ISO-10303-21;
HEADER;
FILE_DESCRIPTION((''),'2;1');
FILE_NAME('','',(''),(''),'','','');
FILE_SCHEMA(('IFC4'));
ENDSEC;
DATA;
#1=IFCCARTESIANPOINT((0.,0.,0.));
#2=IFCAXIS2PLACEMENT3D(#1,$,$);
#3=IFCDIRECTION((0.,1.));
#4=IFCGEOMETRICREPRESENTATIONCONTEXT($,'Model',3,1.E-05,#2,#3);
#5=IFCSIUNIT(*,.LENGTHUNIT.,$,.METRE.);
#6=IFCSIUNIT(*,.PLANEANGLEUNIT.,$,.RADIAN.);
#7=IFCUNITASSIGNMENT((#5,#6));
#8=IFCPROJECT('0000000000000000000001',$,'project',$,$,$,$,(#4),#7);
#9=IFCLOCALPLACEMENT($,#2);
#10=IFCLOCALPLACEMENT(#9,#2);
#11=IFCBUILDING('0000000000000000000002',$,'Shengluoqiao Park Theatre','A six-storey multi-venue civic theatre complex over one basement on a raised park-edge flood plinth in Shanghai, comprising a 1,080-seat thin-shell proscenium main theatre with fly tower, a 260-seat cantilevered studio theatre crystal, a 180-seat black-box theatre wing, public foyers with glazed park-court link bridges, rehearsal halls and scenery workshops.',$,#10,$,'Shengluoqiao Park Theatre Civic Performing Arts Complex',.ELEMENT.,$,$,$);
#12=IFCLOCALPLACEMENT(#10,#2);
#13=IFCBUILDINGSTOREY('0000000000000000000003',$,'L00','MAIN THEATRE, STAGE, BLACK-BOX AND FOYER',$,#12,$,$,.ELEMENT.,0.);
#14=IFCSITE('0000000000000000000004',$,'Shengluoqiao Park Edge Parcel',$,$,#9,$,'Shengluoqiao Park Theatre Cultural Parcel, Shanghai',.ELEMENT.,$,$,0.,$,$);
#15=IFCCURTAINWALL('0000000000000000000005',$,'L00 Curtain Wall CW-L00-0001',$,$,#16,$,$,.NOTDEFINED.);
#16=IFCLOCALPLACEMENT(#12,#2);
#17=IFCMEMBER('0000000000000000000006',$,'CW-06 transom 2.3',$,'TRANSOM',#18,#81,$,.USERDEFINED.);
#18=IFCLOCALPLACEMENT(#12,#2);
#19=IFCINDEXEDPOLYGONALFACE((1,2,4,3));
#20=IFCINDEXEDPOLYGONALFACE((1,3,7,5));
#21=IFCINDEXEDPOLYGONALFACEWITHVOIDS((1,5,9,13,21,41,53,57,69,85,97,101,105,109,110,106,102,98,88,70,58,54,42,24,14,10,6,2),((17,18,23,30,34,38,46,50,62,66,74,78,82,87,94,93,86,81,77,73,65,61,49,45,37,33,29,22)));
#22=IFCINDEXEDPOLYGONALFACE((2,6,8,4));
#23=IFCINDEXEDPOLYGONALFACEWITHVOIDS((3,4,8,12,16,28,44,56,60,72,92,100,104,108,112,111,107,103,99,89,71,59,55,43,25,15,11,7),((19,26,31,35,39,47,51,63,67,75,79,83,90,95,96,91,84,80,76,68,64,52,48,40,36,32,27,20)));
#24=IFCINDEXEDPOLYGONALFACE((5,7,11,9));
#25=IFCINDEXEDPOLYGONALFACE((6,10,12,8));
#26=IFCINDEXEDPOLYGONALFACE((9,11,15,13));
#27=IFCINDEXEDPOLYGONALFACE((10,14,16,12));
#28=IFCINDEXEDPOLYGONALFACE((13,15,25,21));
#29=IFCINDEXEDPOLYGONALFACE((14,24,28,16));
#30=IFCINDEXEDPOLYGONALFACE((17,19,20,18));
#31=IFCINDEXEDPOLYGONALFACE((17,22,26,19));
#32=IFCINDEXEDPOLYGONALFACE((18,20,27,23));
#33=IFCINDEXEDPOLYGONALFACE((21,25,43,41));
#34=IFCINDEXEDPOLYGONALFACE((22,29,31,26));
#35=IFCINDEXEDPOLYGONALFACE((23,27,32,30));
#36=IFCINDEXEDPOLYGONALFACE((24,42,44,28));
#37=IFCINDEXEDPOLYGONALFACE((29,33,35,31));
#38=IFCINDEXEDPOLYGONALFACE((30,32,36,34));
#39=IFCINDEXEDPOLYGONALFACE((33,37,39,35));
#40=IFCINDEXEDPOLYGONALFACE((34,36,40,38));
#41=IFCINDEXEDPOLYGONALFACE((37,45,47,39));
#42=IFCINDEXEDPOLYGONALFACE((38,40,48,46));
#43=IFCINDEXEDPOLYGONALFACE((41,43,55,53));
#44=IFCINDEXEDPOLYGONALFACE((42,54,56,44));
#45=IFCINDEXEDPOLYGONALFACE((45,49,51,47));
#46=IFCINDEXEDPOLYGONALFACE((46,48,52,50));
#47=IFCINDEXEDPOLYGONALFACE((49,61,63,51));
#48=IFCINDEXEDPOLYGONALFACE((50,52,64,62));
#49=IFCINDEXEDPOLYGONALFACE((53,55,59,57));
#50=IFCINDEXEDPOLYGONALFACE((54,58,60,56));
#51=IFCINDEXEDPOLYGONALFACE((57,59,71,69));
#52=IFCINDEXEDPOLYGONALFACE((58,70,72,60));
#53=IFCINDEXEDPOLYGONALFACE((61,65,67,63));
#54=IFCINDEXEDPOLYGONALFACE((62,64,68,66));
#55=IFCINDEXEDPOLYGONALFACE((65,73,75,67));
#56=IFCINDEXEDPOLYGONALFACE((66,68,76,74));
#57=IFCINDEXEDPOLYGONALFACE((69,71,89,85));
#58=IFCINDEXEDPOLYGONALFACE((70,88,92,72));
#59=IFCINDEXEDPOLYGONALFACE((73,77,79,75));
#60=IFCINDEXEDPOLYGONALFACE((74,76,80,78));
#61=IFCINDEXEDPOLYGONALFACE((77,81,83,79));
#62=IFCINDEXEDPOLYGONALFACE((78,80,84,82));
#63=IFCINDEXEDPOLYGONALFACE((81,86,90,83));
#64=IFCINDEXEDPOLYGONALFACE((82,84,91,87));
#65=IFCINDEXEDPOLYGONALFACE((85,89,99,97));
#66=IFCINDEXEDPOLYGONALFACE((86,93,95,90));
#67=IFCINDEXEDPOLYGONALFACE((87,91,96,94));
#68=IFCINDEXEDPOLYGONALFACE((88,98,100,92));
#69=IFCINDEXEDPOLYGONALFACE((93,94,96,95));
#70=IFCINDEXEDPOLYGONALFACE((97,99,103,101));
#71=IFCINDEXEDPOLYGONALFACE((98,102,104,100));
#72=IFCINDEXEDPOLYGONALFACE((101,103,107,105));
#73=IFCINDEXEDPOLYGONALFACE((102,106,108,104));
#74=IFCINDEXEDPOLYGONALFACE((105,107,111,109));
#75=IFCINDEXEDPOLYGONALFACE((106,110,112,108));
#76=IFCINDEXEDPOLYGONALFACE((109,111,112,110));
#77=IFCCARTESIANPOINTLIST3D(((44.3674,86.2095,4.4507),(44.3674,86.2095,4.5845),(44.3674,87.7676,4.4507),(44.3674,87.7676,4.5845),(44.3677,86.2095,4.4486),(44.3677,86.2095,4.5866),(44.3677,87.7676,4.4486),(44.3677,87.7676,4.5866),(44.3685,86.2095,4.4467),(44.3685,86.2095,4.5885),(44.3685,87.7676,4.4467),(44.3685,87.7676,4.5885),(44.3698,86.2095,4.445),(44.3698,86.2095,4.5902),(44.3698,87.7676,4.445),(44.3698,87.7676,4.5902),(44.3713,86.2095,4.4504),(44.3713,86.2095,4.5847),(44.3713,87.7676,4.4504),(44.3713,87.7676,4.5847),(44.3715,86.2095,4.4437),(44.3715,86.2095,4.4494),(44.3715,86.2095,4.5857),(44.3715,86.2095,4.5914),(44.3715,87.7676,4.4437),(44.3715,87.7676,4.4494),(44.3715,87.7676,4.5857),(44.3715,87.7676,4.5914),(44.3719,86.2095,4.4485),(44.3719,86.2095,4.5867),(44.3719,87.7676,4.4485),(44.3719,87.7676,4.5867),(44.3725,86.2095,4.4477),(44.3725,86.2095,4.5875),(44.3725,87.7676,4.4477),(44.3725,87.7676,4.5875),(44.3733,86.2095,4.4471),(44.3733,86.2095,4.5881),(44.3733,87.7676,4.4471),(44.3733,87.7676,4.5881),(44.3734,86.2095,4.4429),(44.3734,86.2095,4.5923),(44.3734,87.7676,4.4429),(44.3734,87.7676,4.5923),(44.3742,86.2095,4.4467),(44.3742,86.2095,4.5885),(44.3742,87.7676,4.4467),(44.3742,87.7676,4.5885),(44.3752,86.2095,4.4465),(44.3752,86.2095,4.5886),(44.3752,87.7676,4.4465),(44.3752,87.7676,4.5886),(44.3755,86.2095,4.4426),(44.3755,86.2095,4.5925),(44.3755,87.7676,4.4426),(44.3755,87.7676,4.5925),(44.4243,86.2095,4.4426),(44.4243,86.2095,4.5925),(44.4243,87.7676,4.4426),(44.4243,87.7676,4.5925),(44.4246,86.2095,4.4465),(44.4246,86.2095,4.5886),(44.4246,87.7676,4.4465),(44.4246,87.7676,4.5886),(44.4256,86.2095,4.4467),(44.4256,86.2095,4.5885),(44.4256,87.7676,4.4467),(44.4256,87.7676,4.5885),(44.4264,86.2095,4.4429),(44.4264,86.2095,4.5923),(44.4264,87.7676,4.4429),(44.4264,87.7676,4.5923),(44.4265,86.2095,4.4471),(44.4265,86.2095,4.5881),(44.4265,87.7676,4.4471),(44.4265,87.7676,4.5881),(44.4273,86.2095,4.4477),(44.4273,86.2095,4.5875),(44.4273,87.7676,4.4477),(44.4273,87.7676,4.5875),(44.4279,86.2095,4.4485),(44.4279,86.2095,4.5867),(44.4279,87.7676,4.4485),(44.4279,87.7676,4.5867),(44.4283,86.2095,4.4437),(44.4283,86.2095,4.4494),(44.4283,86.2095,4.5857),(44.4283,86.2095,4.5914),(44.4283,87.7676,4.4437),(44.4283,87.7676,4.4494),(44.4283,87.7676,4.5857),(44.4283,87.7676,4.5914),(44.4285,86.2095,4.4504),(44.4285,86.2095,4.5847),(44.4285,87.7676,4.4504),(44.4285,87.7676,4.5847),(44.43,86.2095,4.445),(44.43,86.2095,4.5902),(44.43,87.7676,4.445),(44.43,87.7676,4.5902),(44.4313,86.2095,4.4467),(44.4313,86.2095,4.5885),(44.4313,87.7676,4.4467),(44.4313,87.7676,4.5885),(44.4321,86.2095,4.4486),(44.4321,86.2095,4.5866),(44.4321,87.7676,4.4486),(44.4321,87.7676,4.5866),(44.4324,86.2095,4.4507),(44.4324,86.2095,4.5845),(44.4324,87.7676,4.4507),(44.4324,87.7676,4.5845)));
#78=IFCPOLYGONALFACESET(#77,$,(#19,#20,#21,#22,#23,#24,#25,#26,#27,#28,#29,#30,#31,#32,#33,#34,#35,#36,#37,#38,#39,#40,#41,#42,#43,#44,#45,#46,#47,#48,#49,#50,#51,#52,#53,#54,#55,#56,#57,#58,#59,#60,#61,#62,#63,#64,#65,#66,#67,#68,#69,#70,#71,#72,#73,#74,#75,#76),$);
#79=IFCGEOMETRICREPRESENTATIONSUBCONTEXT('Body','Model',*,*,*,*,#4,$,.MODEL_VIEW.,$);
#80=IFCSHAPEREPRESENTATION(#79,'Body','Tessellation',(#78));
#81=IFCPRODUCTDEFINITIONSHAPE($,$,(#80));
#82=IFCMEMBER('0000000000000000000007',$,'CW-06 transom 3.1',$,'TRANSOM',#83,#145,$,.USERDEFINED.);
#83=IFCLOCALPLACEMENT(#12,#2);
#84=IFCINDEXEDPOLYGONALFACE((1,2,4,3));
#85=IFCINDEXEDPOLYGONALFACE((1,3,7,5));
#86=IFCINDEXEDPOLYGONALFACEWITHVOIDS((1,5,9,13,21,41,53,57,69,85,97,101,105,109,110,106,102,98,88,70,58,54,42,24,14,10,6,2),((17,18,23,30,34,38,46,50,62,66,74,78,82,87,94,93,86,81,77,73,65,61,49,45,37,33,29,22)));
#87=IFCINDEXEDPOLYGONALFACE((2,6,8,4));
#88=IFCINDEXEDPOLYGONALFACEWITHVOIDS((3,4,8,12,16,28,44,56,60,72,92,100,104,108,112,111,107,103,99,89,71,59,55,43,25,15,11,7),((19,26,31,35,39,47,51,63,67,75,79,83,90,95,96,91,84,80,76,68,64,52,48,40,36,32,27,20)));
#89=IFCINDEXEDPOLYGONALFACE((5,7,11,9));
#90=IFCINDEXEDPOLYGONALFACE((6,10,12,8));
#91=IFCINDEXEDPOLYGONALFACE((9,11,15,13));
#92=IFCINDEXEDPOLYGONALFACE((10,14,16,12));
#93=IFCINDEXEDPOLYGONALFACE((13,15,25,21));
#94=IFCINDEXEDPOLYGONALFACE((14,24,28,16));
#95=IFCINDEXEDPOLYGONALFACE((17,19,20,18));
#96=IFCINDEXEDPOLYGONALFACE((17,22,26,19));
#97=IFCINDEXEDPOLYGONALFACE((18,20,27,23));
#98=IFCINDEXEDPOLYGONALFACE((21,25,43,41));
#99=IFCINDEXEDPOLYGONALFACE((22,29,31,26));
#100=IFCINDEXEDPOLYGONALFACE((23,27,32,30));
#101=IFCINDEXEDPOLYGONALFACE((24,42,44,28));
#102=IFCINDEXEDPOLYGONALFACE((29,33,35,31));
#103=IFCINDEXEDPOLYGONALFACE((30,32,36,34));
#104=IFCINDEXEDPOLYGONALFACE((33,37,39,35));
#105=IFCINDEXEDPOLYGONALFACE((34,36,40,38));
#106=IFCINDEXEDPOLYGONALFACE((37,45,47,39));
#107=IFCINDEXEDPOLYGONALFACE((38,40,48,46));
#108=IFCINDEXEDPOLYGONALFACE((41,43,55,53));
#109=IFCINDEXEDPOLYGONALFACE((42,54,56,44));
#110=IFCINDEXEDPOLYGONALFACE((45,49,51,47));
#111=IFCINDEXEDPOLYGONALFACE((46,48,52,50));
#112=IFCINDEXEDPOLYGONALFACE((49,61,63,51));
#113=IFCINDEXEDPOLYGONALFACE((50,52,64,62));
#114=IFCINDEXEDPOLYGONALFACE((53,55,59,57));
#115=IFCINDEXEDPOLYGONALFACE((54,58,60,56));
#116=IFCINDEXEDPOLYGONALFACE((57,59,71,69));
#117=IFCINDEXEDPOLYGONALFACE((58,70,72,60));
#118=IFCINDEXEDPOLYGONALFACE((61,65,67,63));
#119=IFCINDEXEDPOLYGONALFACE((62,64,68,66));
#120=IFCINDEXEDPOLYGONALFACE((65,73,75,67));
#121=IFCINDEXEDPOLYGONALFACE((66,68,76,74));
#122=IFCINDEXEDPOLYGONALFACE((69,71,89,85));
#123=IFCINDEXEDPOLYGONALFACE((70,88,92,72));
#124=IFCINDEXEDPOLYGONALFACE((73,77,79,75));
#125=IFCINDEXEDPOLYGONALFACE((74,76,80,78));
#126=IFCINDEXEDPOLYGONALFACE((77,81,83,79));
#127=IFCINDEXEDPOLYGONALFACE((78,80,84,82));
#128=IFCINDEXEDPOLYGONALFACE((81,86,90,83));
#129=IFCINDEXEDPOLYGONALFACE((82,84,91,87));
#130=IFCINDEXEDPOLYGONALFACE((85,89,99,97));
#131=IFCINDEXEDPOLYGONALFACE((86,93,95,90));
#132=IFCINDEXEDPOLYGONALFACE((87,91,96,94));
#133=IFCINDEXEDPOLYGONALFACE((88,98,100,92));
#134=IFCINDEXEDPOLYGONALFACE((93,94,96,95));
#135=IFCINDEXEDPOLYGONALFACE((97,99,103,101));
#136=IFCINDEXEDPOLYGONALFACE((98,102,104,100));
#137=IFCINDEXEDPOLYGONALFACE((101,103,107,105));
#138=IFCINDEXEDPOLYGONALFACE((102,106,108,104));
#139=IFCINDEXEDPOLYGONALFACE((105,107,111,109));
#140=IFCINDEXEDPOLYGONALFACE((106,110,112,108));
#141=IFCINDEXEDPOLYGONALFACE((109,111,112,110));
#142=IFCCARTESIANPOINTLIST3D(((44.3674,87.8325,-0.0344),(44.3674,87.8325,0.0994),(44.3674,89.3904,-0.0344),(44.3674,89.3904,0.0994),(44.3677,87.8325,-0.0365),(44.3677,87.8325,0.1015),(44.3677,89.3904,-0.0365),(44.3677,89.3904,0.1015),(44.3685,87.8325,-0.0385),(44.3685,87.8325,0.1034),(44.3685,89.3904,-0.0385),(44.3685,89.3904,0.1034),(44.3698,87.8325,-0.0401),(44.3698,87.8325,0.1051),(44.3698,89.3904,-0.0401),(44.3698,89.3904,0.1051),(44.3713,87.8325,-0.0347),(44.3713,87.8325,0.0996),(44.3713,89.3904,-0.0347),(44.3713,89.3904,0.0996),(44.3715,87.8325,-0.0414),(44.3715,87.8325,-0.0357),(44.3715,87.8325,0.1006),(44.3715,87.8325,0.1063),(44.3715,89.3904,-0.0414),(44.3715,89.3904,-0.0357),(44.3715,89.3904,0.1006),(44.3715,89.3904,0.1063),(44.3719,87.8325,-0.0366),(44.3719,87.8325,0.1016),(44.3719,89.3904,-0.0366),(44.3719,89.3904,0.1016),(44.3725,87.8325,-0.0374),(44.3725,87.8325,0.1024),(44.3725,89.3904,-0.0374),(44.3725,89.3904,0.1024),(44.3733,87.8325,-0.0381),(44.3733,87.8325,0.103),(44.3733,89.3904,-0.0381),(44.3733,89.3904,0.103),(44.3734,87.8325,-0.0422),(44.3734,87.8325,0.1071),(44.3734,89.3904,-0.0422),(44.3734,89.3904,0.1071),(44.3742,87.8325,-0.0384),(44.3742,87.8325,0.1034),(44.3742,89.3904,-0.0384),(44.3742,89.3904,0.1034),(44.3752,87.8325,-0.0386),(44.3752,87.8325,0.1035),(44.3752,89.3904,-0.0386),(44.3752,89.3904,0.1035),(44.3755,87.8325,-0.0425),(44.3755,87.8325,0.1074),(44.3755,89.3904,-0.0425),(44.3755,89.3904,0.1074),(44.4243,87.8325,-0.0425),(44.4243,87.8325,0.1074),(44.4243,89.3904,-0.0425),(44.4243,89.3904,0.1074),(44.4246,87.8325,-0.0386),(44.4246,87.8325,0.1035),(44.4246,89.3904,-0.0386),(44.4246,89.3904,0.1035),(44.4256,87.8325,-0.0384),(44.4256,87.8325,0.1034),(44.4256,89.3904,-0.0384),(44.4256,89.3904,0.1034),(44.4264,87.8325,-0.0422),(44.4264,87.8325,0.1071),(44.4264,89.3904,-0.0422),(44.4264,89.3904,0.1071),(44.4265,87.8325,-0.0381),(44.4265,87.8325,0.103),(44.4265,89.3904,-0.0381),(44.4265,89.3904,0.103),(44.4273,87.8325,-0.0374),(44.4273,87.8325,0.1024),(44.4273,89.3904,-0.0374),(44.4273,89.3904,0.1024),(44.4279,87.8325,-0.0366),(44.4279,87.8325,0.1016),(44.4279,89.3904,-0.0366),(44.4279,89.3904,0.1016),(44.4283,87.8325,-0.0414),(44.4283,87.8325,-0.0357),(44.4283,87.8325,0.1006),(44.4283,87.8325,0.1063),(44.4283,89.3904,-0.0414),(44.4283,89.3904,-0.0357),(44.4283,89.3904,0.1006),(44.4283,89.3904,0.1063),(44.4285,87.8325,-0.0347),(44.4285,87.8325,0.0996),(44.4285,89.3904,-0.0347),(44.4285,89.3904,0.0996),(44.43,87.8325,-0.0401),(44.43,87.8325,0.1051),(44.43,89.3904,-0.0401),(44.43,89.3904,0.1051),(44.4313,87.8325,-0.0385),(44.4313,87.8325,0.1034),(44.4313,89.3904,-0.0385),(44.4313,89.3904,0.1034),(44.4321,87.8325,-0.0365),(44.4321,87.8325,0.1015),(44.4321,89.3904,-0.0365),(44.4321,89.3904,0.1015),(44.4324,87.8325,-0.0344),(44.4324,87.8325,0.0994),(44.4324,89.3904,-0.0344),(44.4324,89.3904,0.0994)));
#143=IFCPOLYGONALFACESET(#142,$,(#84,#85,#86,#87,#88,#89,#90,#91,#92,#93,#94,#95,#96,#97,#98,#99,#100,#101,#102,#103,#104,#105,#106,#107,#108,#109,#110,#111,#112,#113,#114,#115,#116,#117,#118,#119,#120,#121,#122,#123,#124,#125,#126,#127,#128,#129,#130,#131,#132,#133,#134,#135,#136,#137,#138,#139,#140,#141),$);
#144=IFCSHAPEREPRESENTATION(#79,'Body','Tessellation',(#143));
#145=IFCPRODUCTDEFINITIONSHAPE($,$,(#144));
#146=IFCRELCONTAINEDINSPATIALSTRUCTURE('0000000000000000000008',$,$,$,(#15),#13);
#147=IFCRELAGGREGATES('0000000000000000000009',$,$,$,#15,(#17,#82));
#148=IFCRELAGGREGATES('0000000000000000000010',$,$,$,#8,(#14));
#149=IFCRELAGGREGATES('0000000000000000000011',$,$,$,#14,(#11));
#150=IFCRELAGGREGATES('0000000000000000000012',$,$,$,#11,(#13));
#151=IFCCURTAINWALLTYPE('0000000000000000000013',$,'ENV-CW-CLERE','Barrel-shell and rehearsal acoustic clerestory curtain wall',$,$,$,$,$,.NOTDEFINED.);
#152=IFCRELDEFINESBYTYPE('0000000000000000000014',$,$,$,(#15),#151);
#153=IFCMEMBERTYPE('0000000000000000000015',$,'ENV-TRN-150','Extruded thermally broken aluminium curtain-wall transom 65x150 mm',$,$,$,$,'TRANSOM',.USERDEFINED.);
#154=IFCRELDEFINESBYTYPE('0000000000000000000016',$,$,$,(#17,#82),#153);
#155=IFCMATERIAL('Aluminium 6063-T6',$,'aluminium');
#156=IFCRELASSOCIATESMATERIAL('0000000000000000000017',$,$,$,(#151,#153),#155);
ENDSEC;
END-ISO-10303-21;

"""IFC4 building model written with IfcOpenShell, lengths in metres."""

from ifc_helpers import new_model, si_unit, direction, frame, origin, origin_2d, place, context, subcontext, project, spatial, hollow_rectangle, extrude, material, material_profile, profile_set, type_object, element, aggregate, save


model = new_model("IFC4")

# Units and contexts
model_context = context("Model", 3, precision=1e-05, world=origin(), true_north=direction((0.0, 1.0)))
body_context = subcontext(model_context, "Body", "Model", "MODEL_VIEW")
ifc_project = project(units=[si_unit("LENGTHUNIT", "METRE"), si_unit("PLANEANGLEUNIT", "RADIAN")], contexts=[model_context])

# Site, building, storey
site_placement = place(None, origin())
site = spatial("IfcSite", under=ifc_project, at=site_placement, Name="Shengluoqiao Park Edge Parcel", LongName="Shengluoqiao Park Theatre Cultural Parcel, Shanghai", CompositionType="ELEMENT", RefElevation=0.0)
building_placement = place(site_placement, origin())
building = spatial("IfcBuilding", under=site, at=building_placement, Name="Shengluoqiao Park Theatre", Description="A six-storey multi-venue civic theatre complex over one basement on a raised park-edge flood plinth in Shanghai, comprising a 1,080-seat thin-shell proscenium main theatre with fly tower, a 260-seat cantilevered studio theatre crystal, a 180-seat black-box theatre wing, public foyers with glazed park-court link bridges, rehearsal halls and scenery workshops.", LongName="Shengluoqiao Park Theatre Civic Performing Arts Complex", CompositionType="ELEMENT")
storey_placement = place(building_placement, origin())
storey = spatial("IfcBuildingStorey", under=building, at=storey_placement, Name="L00", Description="MAIN THEATRE, STAGE, BLACK-BOX AND FOYER", CompositionType="ELEMENT", Elevation=0.0)

# Curtain wall, members
ifc_material_1 = material(Name="Aluminium 6063-T6", Category="aluminium")
curtain_wall_type = type_object("IfcCurtainWallType", Name="ENV-CW-CLERE", Description="Barrel-shell and rehearsal acoustic clerestory curtain wall", PredefinedType="NOTDEFINED", material=ifc_material_1)
curtain_wall_placement = place(storey_placement, origin())
curtain_wall = element("IfcCurtainWall", 1, at=curtain_wall_placement, inside=storey, type_object=curtain_wall_type, Name="L00 Curtain Wall CW-L00-0001", PredefinedType="NOTDEFINED")
ifc_material_profile_1 = material_profile(ifc_material_1, hollow_rectangle(XDim=0.0649, YDim=0.1499, WallThickness=0.0039, InnerFilletRadius=0.0039, OuterFilletRadius=0.0081, at=origin_2d()), Name="ALU TRANSOM 150x65x4")
ifc_profile_set_1 = profile_set([ifc_material_profile_1], Name="Aluminium 6063-T6")
member_type_1 = type_object("IfcMemberType", Name="ENV-TRN-150", Description="Extruded thermally broken aluminium curtain-wall transom 65x150 mm", ElementType="TRANSOM", PredefinedType="USERDEFINED", material=ifc_profile_set_1)
member_1_placement = place(storey_placement, frame((44.3999, 86.2095, 4.5176), z_axis=(0.0, 1.0, 0.0), x_axis=(-1.0, 0.0, 0.0)))
member_1 = element("IfcMember", 2, at=member_1_placement, type_object=member_type_1, Name="CW-06 transom 2.3", ObjectType="TRANSOM", PredefinedType="USERDEFINED", context=body_context, shape_type="SweptSolid", body=[
    extrude(hollow_rectangle(XDim=0.0649, YDim=0.1499, WallThickness=0.0039, InnerFilletRadius=0.0039, OuterFilletRadius=0.0081, at=origin_2d()), origin(), (0.0, 0.0, 1.0), 1.5581),
])
member_2_placement = place(storey_placement, frame((44.3999, 87.8325, 0.0325), z_axis=(0.0, 1.0, 0.0), x_axis=(-1.0, 0.0, 0.0)))
member_2 = element("IfcMember", 3, at=member_2_placement, type_object=member_type_1, Name="CW-06 transom 3.1", ObjectType="TRANSOM", PredefinedType="USERDEFINED", context=body_context, shape_type="SweptSolid", body=[
    extrude(hollow_rectangle(XDim=0.0649, YDim=0.1499, WallThickness=0.0039, InnerFilletRadius=0.0039, OuterFilletRadius=0.0081, at=origin_2d()), origin(), (0.0, 0.0, 1.0), 1.5579),
])

aggregate(curtain_wall, [member_1, member_2])

save(model, "model.ifc")
